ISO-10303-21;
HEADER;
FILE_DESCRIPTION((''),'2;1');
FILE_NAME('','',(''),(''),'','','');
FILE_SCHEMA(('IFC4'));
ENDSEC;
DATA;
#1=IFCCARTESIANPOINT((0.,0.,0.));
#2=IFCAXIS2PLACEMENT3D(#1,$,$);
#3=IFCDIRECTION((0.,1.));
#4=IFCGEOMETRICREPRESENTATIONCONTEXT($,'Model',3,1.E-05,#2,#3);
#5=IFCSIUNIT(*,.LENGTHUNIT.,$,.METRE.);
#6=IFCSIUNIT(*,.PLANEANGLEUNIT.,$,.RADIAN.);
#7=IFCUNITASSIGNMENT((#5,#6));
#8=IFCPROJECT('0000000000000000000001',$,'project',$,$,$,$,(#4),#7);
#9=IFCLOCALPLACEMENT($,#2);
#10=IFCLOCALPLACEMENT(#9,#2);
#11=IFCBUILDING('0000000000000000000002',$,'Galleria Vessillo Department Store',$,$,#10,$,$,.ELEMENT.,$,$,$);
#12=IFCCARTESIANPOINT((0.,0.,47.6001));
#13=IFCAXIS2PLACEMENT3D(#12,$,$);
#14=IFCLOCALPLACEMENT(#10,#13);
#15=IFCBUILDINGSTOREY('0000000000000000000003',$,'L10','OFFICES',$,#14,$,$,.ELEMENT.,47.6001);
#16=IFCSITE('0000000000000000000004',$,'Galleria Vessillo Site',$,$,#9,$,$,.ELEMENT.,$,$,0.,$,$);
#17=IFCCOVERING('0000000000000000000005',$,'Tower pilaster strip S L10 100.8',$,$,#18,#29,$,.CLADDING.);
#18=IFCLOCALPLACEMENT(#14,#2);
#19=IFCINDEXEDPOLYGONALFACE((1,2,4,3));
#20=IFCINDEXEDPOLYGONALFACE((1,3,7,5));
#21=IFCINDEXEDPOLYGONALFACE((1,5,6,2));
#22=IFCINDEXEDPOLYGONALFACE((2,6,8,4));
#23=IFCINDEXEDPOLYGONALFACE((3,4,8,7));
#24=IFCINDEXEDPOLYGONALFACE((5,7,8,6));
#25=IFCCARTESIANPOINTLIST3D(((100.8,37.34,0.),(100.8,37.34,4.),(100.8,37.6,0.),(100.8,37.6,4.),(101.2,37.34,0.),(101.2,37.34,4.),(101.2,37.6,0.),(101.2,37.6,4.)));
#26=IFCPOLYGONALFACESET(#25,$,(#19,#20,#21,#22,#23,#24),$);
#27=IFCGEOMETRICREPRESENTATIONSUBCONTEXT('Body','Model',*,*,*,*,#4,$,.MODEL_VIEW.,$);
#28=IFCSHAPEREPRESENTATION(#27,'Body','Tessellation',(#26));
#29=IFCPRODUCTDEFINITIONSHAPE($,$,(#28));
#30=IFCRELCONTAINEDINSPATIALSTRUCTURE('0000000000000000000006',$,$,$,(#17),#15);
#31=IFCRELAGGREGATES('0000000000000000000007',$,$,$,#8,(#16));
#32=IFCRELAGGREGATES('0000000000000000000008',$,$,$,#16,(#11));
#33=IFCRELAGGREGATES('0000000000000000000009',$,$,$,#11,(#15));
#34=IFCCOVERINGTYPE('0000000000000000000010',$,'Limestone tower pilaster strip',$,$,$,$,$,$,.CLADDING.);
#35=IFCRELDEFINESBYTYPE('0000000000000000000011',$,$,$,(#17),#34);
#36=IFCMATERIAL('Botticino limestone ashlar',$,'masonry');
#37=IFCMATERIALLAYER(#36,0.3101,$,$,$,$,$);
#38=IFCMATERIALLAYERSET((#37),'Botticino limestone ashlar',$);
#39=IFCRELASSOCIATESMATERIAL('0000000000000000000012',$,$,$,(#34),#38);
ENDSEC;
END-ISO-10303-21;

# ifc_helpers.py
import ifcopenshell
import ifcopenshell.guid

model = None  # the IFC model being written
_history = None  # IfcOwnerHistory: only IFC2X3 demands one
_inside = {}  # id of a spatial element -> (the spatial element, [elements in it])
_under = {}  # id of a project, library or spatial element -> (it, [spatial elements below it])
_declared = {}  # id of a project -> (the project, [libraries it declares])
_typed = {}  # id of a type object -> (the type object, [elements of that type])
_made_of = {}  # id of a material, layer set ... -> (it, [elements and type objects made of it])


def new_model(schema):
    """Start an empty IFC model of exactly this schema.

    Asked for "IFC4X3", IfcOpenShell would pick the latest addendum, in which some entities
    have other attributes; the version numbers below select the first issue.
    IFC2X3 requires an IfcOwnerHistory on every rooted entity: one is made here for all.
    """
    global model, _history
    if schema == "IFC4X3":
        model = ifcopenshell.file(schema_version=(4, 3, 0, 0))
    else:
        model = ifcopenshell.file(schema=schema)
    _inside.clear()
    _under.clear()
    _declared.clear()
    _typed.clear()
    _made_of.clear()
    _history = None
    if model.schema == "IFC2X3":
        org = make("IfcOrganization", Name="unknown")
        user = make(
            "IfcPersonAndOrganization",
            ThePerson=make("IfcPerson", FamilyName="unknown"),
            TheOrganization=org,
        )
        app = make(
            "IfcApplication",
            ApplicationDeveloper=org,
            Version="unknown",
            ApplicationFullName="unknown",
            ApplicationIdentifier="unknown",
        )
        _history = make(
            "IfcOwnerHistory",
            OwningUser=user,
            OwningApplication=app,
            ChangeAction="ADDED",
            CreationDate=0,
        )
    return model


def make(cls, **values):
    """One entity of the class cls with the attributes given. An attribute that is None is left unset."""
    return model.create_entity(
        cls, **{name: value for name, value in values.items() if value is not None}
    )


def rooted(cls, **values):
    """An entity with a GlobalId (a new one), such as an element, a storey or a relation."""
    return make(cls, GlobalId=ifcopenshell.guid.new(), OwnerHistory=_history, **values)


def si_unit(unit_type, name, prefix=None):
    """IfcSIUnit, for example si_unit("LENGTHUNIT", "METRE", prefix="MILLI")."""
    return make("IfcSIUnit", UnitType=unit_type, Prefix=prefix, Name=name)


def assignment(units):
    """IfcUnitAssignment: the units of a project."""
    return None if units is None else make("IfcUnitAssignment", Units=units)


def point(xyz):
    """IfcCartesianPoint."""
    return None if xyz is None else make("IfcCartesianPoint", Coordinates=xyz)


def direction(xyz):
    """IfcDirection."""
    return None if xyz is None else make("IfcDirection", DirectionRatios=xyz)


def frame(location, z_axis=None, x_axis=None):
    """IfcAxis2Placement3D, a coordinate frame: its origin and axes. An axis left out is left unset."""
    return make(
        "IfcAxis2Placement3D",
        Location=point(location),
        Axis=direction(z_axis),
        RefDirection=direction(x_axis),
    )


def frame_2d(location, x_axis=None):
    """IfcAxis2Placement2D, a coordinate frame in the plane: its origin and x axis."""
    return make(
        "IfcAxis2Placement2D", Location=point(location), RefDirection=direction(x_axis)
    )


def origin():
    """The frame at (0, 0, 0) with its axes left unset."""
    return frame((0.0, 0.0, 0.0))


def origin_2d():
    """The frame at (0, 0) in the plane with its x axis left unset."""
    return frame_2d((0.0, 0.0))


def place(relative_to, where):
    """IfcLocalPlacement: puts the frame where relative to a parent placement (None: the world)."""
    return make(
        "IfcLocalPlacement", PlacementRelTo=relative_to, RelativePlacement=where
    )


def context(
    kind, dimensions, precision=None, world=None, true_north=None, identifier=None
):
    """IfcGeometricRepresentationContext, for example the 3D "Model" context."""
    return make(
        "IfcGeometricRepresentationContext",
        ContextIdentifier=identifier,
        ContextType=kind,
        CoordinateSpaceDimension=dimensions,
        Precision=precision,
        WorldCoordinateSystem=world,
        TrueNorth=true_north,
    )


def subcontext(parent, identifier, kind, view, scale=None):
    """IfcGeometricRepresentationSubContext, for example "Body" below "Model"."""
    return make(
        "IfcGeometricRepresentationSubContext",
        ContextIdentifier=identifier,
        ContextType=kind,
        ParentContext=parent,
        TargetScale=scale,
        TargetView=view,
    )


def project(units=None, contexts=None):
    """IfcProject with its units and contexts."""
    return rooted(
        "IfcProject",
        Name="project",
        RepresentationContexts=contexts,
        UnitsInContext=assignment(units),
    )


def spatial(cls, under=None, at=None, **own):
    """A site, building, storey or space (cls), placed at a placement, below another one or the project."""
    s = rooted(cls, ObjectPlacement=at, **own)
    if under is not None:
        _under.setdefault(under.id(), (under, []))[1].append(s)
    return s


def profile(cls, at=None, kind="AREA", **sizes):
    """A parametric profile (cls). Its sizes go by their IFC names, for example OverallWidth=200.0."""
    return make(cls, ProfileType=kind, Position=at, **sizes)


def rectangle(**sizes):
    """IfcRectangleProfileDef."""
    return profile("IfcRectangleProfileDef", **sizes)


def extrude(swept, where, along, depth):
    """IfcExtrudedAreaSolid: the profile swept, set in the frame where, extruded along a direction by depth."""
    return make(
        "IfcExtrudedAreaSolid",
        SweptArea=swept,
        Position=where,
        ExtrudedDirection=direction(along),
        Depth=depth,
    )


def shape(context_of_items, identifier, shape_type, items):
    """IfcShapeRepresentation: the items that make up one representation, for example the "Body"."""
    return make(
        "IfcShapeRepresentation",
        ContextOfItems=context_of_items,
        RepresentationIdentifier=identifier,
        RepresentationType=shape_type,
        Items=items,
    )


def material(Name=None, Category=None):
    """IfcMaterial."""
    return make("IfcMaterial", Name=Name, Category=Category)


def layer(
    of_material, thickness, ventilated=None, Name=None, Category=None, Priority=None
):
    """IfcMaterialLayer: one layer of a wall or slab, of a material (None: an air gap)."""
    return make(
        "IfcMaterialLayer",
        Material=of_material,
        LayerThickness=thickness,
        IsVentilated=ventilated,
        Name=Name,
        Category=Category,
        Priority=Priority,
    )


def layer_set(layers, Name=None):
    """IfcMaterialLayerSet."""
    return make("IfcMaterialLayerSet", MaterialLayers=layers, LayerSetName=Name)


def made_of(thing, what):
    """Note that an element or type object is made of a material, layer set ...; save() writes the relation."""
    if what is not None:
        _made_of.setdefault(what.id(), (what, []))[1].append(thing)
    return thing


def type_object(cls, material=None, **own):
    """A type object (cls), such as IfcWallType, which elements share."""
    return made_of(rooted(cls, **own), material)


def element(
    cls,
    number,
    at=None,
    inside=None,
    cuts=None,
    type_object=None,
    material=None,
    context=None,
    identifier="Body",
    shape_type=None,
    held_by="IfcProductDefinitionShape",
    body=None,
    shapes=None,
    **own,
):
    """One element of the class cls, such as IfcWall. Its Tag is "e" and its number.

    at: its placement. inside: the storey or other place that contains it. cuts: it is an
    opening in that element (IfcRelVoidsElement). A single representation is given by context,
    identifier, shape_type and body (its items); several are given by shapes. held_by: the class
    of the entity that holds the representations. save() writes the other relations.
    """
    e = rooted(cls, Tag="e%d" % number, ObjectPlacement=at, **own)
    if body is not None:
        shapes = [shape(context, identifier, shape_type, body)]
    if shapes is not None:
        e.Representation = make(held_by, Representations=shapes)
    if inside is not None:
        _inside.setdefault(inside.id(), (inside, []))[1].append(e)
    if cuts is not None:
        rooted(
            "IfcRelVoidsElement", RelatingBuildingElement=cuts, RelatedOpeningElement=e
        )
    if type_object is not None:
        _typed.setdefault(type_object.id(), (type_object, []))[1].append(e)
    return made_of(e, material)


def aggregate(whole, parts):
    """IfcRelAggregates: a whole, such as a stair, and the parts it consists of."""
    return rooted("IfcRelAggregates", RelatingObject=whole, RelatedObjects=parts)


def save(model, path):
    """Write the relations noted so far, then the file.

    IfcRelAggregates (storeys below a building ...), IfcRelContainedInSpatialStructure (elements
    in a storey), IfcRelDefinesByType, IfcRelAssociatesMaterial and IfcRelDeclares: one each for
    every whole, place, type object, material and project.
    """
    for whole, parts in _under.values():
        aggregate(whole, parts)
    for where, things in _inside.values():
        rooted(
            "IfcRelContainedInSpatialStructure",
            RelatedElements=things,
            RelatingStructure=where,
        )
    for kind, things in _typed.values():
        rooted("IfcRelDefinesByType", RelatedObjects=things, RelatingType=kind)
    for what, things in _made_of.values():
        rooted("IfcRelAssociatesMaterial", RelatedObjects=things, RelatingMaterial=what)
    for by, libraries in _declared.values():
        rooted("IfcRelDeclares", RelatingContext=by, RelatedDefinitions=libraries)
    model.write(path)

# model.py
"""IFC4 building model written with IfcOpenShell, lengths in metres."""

from ifc_helpers import new_model, si_unit, direction, frame, origin, origin_2d, place, context, subcontext, project, spatial, rectangle, extrude, material, layer, layer_set, type_object, element, save


model = new_model("IFC4")

# Units and contexts
model_context = context("Model", 3, precision=1e-05, world=origin(), true_north=direction((0.0, 1.0)))
body_context = subcontext(model_context, "Body", "Model", "MODEL_VIEW")
ifc_project = project(units=[si_unit("LENGTHUNIT", "METRE"), si_unit("PLANEANGLEUNIT", "RADIAN")], contexts=[model_context])

# Site, building, storey
site_placement = place(None, origin())
site = spatial("IfcSite", under=ifc_project, at=site_placement, Name="Galleria Vessillo Site", CompositionType="ELEMENT", RefElevation=0.0)
building_placement = place(site_placement, origin())
building = spatial("IfcBuilding", under=site, at=building_placement, Name="Galleria Vessillo Department Store", CompositionType="ELEMENT")
storey_placement = place(building_placement, frame((0.0, 0.0, 47.6001)))
storey = spatial("IfcBuildingStorey", under=building, at=storey_placement, Name="L10", Description="OFFICES", CompositionType="ELEMENT", Elevation=47.6001)

# Covering
ifc_material_1 = material(Name="Botticino limestone ashlar", Category="masonry")
ifc_layer_1 = layer(ifc_material_1, 0.3101)
ifc_layer_set_1 = layer_set([ifc_layer_1], Name="Botticino limestone ashlar")
covering_type_1 = type_object("IfcCoveringType", Name="Limestone tower pilaster strip", PredefinedType="CLADDING", material=ifc_layer_set_1)
covering_1_placement = place(storey_placement, frame((101.0, 37.47, 0.0), z_axis=(0.0, 0.0, 1.0), x_axis=(1.0, 0.0, 0.0)))
element("IfcCovering", 1, at=covering_1_placement, inside=storey, type_object=covering_type_1, Name="Tower pilaster strip S L10 100.8", PredefinedType="CLADDING", context=body_context, shape_type="SweptSolid", body=[
    extrude(rectangle(XDim=0.3999, YDim=0.26, at=origin_2d()), origin(), (0.0, 0.0, 1.0), 4.0),
])

save(model, "model.ifc")
